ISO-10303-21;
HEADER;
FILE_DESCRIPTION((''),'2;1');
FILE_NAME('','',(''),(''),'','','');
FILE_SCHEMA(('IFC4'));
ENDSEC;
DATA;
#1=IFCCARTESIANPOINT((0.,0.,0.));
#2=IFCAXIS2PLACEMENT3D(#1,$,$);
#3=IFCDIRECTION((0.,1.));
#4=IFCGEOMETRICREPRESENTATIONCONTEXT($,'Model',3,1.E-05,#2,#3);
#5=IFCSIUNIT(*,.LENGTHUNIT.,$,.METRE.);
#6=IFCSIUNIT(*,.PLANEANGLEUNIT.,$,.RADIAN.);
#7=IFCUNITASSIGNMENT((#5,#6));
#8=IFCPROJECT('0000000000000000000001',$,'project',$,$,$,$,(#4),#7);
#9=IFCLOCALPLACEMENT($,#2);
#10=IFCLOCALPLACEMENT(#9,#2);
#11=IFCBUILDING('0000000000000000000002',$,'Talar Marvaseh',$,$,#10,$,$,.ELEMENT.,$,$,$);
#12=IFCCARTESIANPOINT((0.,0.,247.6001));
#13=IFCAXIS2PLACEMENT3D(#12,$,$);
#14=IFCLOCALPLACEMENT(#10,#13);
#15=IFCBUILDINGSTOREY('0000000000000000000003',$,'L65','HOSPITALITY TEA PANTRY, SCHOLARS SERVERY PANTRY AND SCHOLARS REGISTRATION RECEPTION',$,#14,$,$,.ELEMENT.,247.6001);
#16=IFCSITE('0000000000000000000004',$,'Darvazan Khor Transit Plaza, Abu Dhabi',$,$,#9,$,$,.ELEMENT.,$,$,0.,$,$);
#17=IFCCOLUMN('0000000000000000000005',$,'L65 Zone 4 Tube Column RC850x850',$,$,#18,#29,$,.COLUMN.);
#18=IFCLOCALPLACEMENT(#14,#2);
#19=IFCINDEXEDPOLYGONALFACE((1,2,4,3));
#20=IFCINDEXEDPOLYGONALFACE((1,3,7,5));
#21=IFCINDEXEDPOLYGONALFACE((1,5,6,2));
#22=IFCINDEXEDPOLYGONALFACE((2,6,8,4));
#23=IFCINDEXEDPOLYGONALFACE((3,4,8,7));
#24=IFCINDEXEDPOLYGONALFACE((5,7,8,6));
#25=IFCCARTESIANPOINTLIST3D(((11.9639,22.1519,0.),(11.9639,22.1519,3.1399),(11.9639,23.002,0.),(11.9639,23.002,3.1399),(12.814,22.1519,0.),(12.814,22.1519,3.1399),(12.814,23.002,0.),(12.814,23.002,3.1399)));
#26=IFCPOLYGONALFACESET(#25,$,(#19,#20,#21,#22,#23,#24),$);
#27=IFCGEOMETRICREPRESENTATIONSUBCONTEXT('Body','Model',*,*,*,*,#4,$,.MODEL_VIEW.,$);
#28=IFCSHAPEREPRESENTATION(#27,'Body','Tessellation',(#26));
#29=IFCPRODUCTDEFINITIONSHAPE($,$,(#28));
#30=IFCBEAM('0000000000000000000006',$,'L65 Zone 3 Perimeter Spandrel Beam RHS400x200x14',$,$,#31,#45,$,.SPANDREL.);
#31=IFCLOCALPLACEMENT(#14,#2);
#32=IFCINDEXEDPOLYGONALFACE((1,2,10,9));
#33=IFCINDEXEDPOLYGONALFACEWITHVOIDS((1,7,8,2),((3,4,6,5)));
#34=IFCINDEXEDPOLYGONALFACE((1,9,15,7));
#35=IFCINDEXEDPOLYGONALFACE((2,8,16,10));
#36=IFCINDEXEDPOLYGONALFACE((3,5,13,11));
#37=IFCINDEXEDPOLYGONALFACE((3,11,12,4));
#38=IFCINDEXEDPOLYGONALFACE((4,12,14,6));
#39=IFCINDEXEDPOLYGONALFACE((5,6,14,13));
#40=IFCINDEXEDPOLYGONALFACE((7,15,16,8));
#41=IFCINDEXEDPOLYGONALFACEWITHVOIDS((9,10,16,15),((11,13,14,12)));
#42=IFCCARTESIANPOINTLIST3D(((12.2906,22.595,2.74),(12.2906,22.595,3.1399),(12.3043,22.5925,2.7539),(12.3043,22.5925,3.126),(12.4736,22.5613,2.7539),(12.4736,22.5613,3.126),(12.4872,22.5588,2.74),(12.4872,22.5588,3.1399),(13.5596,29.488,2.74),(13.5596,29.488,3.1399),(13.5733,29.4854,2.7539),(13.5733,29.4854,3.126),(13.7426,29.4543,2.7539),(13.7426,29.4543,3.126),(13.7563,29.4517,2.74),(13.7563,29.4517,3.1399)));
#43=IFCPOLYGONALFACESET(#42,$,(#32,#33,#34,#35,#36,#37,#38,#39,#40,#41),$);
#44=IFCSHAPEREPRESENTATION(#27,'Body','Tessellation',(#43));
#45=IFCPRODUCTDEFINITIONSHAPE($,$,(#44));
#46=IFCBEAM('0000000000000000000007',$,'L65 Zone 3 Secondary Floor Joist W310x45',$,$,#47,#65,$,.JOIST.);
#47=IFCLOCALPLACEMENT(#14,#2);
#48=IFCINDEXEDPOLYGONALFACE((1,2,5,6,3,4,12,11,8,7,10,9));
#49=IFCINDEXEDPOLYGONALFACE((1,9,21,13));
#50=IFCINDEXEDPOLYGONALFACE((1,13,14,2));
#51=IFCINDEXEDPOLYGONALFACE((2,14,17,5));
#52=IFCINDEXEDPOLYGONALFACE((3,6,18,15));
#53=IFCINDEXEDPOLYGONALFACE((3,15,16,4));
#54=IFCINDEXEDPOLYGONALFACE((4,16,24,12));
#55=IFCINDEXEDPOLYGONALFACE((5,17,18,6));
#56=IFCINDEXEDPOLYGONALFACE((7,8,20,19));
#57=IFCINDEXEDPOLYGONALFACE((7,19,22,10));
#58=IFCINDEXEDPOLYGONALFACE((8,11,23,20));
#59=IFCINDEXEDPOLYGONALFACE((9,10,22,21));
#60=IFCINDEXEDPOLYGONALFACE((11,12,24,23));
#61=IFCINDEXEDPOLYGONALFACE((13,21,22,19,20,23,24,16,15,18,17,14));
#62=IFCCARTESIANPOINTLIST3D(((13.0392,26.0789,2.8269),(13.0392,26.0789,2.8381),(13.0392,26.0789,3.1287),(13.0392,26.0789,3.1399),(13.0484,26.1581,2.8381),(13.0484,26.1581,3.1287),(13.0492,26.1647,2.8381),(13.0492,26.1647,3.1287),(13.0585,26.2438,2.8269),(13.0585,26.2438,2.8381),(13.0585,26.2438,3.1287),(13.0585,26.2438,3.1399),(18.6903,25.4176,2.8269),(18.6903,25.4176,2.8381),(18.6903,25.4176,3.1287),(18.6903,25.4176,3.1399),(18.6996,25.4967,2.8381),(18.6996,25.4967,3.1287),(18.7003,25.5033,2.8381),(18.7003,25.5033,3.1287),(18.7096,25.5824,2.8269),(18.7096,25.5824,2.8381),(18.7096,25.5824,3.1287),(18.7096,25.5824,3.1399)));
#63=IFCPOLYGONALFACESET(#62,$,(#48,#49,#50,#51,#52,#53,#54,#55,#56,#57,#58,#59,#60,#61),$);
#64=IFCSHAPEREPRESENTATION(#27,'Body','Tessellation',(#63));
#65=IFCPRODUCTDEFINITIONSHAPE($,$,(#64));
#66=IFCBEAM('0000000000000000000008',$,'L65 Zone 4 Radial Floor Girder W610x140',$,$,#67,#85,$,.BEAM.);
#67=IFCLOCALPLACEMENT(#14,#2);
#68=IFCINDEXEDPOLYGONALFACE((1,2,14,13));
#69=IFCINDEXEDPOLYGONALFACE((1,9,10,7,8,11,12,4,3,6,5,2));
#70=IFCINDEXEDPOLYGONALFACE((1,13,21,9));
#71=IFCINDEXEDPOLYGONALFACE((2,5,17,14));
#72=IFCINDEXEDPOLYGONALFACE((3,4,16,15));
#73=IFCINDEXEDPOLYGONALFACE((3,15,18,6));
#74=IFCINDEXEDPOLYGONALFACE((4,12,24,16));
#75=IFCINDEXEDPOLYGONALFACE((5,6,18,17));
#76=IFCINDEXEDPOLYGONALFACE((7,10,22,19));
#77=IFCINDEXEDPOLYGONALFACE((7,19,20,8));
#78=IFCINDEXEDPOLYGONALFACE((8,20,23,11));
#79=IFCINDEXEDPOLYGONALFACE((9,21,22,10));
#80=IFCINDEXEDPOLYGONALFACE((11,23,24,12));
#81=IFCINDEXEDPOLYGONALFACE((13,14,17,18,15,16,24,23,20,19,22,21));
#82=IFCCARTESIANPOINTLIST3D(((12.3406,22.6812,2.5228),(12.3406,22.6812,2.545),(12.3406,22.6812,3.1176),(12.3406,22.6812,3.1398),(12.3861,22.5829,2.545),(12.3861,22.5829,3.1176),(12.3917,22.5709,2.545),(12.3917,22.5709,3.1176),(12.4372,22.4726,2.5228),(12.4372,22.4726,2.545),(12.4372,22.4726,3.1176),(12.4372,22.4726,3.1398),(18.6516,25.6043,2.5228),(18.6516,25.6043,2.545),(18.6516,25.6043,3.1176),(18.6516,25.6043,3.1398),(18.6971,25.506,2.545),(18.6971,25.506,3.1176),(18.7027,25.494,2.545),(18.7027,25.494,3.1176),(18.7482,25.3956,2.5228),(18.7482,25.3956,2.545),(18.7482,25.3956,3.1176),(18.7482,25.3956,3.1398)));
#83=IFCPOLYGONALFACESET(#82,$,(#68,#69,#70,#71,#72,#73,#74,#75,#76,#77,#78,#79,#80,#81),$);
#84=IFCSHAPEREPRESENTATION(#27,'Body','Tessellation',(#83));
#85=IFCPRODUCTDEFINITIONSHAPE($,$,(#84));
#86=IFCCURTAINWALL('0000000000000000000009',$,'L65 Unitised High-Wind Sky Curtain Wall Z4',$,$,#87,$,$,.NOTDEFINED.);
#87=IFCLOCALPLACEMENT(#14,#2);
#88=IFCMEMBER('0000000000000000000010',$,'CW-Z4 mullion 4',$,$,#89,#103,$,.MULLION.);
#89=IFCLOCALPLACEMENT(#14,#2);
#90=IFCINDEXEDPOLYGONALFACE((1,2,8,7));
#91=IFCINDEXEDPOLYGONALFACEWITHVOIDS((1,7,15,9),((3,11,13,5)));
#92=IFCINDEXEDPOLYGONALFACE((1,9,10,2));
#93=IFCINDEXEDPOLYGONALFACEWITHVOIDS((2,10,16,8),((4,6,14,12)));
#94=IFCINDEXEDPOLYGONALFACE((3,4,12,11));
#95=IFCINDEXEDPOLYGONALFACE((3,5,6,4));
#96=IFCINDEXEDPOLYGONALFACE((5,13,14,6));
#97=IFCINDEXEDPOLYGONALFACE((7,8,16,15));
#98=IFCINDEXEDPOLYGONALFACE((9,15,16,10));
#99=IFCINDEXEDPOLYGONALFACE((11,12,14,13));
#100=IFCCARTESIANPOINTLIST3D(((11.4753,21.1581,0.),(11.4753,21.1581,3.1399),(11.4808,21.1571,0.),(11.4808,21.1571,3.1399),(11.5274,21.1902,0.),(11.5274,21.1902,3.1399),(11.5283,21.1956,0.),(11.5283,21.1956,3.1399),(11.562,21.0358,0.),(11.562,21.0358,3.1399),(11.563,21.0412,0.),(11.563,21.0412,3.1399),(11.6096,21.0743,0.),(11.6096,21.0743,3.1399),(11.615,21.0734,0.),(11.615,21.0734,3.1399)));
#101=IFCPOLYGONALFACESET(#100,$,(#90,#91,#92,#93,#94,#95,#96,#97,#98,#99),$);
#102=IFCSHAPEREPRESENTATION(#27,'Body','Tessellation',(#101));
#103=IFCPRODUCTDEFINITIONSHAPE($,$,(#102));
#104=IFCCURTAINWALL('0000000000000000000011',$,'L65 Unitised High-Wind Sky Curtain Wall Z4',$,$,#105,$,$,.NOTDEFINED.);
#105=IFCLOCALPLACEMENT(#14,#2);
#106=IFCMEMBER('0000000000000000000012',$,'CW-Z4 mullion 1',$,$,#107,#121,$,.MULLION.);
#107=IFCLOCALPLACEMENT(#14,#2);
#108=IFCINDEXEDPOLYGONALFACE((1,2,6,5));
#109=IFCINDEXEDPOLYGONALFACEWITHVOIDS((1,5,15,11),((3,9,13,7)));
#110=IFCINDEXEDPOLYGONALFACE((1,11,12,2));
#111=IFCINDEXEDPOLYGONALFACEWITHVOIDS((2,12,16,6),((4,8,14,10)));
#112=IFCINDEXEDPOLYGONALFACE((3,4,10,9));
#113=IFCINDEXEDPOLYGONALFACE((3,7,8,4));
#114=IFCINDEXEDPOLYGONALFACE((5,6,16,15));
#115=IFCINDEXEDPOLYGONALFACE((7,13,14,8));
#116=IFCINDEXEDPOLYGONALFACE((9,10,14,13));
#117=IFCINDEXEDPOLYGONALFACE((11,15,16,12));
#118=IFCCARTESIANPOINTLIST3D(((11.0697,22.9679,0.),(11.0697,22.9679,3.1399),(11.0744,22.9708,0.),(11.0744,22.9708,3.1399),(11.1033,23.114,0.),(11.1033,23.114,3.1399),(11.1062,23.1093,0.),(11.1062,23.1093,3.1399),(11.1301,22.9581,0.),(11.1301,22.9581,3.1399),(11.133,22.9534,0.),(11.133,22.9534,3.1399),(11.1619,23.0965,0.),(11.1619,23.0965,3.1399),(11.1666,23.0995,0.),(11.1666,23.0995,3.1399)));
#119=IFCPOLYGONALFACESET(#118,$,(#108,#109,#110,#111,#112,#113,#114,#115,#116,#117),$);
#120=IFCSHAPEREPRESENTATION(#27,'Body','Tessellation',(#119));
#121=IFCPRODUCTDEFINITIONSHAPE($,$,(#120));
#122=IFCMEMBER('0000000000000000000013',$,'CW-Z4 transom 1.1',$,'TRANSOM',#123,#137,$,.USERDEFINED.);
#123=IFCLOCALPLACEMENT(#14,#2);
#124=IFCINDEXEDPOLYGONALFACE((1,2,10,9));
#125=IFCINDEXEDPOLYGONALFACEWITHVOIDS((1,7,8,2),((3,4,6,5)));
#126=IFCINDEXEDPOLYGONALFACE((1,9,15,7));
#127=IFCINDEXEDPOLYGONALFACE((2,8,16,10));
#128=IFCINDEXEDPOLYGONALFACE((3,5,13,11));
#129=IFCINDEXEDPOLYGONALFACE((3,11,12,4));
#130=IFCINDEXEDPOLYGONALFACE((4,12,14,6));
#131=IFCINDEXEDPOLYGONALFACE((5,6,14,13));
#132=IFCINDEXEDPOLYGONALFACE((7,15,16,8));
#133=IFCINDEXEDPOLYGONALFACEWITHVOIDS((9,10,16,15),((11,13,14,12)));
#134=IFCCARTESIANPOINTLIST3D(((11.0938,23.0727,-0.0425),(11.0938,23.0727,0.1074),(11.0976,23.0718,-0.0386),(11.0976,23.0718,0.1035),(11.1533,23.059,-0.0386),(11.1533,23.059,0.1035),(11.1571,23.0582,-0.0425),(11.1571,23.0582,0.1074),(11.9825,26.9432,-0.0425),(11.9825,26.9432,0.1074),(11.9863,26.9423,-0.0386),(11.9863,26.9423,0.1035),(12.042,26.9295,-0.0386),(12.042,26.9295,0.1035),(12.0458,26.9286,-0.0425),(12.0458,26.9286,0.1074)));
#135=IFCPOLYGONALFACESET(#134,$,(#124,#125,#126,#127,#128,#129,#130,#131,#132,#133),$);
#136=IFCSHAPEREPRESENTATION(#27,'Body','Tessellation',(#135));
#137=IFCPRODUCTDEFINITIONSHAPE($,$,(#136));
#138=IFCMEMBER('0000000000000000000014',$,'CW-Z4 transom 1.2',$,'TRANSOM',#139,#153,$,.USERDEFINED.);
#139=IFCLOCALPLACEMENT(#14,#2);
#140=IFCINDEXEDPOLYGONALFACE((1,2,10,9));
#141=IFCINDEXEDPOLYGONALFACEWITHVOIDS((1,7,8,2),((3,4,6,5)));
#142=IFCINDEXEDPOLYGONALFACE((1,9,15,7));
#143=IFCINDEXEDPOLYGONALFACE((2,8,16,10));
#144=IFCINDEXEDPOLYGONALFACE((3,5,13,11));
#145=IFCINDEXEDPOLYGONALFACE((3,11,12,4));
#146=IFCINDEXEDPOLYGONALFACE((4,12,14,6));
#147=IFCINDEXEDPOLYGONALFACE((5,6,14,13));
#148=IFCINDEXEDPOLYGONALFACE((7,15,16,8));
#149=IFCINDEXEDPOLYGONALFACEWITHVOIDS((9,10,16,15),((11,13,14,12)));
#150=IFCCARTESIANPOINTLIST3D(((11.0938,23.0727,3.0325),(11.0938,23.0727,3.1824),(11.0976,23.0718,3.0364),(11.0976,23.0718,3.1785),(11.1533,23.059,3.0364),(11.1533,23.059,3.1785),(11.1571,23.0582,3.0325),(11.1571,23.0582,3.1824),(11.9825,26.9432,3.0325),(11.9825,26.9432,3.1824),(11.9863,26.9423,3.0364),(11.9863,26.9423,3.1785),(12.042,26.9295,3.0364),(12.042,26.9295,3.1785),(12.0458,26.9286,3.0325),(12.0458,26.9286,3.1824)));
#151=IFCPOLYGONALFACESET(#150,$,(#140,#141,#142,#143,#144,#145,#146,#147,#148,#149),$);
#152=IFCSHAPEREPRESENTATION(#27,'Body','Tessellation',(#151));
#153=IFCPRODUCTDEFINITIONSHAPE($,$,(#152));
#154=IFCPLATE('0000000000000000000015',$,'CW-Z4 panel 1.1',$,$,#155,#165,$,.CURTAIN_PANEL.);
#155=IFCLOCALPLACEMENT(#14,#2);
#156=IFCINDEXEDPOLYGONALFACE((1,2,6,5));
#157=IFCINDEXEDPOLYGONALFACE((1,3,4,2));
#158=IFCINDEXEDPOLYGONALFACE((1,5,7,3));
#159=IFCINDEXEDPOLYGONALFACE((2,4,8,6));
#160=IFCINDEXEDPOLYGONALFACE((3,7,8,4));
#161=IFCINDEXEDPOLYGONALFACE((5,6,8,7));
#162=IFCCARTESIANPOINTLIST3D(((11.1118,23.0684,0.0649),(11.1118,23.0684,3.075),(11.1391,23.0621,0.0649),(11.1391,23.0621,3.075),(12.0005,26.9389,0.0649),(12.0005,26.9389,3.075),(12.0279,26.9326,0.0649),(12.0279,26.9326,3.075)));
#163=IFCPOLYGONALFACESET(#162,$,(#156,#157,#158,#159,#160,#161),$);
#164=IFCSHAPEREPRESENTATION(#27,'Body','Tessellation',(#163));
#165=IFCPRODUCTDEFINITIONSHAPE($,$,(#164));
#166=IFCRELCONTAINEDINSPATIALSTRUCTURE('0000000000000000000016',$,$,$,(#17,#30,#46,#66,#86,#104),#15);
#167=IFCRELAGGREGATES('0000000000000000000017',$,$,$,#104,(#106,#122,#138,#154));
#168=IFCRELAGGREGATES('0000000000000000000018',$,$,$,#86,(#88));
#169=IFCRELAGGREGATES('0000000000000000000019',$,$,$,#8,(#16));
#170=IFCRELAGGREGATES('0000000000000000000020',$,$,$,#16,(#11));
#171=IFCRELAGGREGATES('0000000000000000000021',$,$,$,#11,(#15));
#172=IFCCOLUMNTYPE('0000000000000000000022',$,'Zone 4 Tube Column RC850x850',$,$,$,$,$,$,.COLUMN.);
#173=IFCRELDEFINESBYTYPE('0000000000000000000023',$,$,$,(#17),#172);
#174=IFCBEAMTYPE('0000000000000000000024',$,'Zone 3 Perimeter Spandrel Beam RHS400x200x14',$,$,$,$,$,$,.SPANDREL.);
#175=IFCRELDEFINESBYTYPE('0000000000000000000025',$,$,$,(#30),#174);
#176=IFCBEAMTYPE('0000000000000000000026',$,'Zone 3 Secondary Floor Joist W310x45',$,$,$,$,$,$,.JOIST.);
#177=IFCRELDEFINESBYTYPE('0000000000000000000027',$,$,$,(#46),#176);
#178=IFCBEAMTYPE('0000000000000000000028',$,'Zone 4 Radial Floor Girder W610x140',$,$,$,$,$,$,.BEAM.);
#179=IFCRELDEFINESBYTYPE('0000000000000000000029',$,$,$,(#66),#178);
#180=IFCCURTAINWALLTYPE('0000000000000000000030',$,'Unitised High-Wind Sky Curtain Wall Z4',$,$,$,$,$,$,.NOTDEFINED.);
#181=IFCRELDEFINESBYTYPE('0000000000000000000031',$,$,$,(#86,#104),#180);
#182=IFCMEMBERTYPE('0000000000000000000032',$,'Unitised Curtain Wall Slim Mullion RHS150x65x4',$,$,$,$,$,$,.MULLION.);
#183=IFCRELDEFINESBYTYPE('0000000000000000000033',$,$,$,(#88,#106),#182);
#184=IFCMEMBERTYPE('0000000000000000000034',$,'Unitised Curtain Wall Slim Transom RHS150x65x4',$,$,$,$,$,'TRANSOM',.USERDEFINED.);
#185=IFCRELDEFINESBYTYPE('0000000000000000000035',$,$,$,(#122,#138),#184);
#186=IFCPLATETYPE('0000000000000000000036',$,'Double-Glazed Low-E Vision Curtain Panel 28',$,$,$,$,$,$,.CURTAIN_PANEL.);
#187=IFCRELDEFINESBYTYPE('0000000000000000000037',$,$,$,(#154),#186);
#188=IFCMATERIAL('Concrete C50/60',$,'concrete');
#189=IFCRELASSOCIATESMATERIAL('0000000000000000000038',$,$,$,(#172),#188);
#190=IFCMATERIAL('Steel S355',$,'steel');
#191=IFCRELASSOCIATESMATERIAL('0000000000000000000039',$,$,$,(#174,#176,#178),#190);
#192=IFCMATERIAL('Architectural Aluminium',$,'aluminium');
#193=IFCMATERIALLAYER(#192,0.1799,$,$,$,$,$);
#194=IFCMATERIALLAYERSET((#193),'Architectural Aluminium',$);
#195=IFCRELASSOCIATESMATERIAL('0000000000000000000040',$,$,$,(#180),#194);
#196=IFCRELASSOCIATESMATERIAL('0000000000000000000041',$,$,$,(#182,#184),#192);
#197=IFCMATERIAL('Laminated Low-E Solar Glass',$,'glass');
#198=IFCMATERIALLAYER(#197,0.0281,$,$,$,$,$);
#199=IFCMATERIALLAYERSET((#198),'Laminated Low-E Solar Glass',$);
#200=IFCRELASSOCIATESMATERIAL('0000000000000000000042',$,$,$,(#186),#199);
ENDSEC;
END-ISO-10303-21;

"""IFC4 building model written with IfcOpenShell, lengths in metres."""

from ifc_helpers import new_model, si_unit, direction, frame, origin, origin_2d, place, context, subcontext, project, spatial, rectangle, hollow_rectangle, i_section, extrude, source, transform, mapped, material, layer, layer_set, material_profile, profile_set, type_object, type_shapes, element, aggregate, save


model = new_model("IFC4")

# Units and contexts
model_context = context("Model", 3, precision=1e-05, world=origin(), true_north=direction((0.0, 1.0)))
body_context = subcontext(model_context, "Body", "Model", "MODEL_VIEW")
ifc_project = project(units=[si_unit("LENGTHUNIT", "METRE"), si_unit("PLANEANGLEUNIT", "RADIAN")], contexts=[model_context])

# Site, building, storey
site_placement = place(None, origin())
site = spatial("IfcSite", under=ifc_project, at=site_placement, Name="Darvazan Khor Transit Plaza, Abu Dhabi", CompositionType="ELEMENT", RefElevation=0.0)
building_placement = place(site_placement, origin())
building = spatial("IfcBuilding", under=site, at=building_placement, Name="Talar Marvaseh", CompositionType="ELEMENT")
storey_placement = place(building_placement, frame((0.0, 0.0, 247.6001)))
storey = spatial("IfcBuildingStorey", under=building, at=storey_placement, Name="L65", Description="HOSPITALITY TEA PANTRY, SCHOLARS SERVERY PANTRY AND SCHOLARS REGISTRATION RECEPTION", CompositionType="ELEMENT", Elevation=247.6001)

# Column
ifc_material_1 = material(Name="Concrete C50/60", Category="concrete")
ifc_material_profile_1 = material_profile(ifc_material_1, rectangle(XDim=0.8501, YDim=0.8501, at=origin_2d()), Name="RC850x850")
ifc_profile_set_1 = profile_set([ifc_material_profile_1], Name="Concrete C50/60")
column_type = type_object("IfcColumnType", Name="Zone 4 Tube Column RC850x850", PredefinedType="COLUMN", material=ifc_profile_set_1)
column_placement = place(storey_placement, frame((12.3889, 22.5769, 0.0), z_axis=(0.0, 0.0, 1.0), x_axis=(1.0, 0.0, 0.0)))
element("IfcColumn", 1, at=column_placement, inside=storey, type_object=column_type, Name="L65 Zone 4 Tube Column RC850x850", PredefinedType="COLUMN", context=body_context, shape_type="SweptSolid", body=[
    extrude(rectangle(XDim=0.8501, YDim=0.8501, at=origin_2d()), origin(), (0.0, 0.0, 1.0), 3.1399),
])

# Beams
ifc_material_2 = material(Name="Steel S355", Category="steel")
ifc_material_profile_2 = material_profile(ifc_material_2, hollow_rectangle(XDim=0.2, YDim=0.3999, WallThickness=0.0139, at=origin_2d()), Name="RHS400x200x14")
ifc_profile_set_2 = profile_set([ifc_material_profile_2], Name="Steel S355")
beam_type_1 = type_object("IfcBeamType", Name="Zone 3 Perimeter Spandrel Beam RHS400x200x14", PredefinedType="SPANDREL", material=ifc_profile_set_2)
beam_1_placement = place(storey_placement, frame((12.3889, 22.5769, 2.9399), z_axis=(0.181061, 0.983472, 0.0), x_axis=(-0.983472, 0.181061, 0.0)))
element("IfcBeam", 2, at=beam_1_placement, inside=storey, type_object=beam_type_1, Name="L65 Zone 3 Perimeter Spandrel Beam RHS400x200x14", PredefinedType="SPANDREL", context=body_context, shape_type="SweptSolid", body=[
    extrude(hollow_rectangle(XDim=0.2, YDim=0.3999, WallThickness=0.0139, at=origin_2d()), origin(), (0.0, 0.0, 1.0), 7.0088),
])
ifc_material_profile_3 = material_profile(ifc_material_2, i_section(OverallWidth=0.166, OverallDepth=0.313, WebThickness=0.0066, FlangeThickness=0.0112, at=origin_2d()), Name="W310x45")
ifc_profile_set_3 = profile_set([ifc_material_profile_3], Name="Steel S355")
beam_type_2 = type_object("IfcBeamType", Name="Zone 3 Secondary Floor Joist W310x45", PredefinedType="JOIST", material=ifc_profile_set_3)
beam_2_placement = place(storey_placement, frame((13.0488, 26.1614, 2.9834), z_axis=(0.993221, -0.116241, 0.0), x_axis=(0.116241, 0.993221, 0.0)))
element("IfcBeam", 3, at=beam_2_placement, inside=storey, type_object=beam_type_2, Name="L65 Zone 3 Secondary Floor Joist W310x45", PredefinedType="JOIST", context=body_context, shape_type="SweptSolid", body=[
    extrude(i_section(OverallWidth=0.166, OverallDepth=0.313, WebThickness=0.0066, FlangeThickness=0.0112, at=origin_2d()), origin(), (0.0, 0.0, 1.0), 5.6897),
])
ifc_material_profile_4 = material_profile(ifc_material_2, i_section(OverallWidth=0.23, OverallDepth=0.6169, WebThickness=0.0132, FlangeThickness=0.0222, at=origin_2d()), Name="W610x140")
ifc_profile_set_4 = profile_set([ifc_material_profile_4], Name="Steel S355")
beam_type_3 = type_object("IfcBeamType", Name="Zone 4 Radial Floor Girder W610x140", PredefinedType="BEAM", material=ifc_profile_set_4)
beam_3_placement = place(storey_placement, frame((12.3889, 22.5769, 2.8313), z_axis=(0.907395, 0.42028, 0.0), x_axis=(-0.42028, 0.907395, 0.0)))
element("IfcBeam", 4, at=beam_3_placement, inside=storey, type_object=beam_type_3, Name="L65 Zone 4 Radial Floor Girder W610x140", PredefinedType="BEAM", context=body_context, shape_type="SweptSolid", body=[
    extrude(i_section(OverallWidth=0.23, OverallDepth=0.6169, WebThickness=0.0132, FlangeThickness=0.0222, at=origin_2d()), origin(), (0.0, 0.0, 1.0), 6.9551),
])

# Curtain wall, member
ifc_material_3 = material(Name="Architectural Aluminium", Category="aluminium")
ifc_layer_1 = layer(ifc_material_3, 0.1799)
ifc_layer_set_1 = layer_set([ifc_layer_1], Name="Architectural Aluminium")
curtain_wall_type = type_object("IfcCurtainWallType", Name="Unitised High-Wind Sky Curtain Wall Z4", PredefinedType="NOTDEFINED", material=ifc_layer_set_1)
curtain_wall_1_placement = place(storey_placement, origin())
curtain_wall_1 = element("IfcCurtainWall", 5, at=curtain_wall_1_placement, inside=storey, type_object=curtain_wall_type, Name="L65 Unitised High-Wind Sky Curtain Wall Z4", PredefinedType="NOTDEFINED")
ifc_material_profile_5 = material_profile(ifc_material_3, hollow_rectangle(XDim=0.0649, YDim=0.1499, WallThickness=0.0039, at=origin_2d()), Name="RHS150x65x4")
ifc_profile_set_5 = profile_set([ifc_material_profile_5], Name="Architectural Aluminium")
member_type_1 = type_object("IfcMemberType", Name="Unitised Curtain Wall Slim Mullion RHS150x65x4", PredefinedType="MULLION", material=ifc_profile_set_5)
shared_shape_1 = source(origin(), body_context, "Body", "SweptSolid", [
    extrude(hollow_rectangle(XDim=0.0649, YDim=0.1499, WallThickness=0.0039, at=origin_2d()), origin(), (0.0, 0.0, 1.0), 3.1399),
])
type_shapes(member_type_1, [shared_shape_1])
member_1_placement = place(storey_placement, frame((11.5452, 21.1157, 0.0), z_axis=(0.0, 0.0, 1.0), x_axis=(-0.815673, -0.578513, 0.0)))
member_1 = element("IfcMember", 6, at=member_1_placement, type_object=member_type_1, Name="CW-Z4 mullion 4", PredefinedType="MULLION", context=body_context, shape_type="MappedRepresentation", body=[
    mapped(shared_shape_1, transform((0.0, 0.0, 0.0), x_axis=(1.0, 0.0, 0.0), y_axis=(0.0, 1.0, 0.0), z_axis=(0.0, 0.0, 1.0), scale=1.0)),
])

# Curtain wall, members, plate
curtain_wall_2_placement = place(storey_placement, origin())
curtain_wall_2 = element("IfcCurtainWall", 7, at=curtain_wall_2_placement, inside=storey, type_object=curtain_wall_type, Name="L65 Unitised High-Wind Sky Curtain Wall Z4", PredefinedType="NOTDEFINED")
member_2_placement = place(storey_placement, frame((11.1182, 23.0337, 0.0), z_axis=(0.0, 0.0, 1.0), x_axis=(-0.974637, 0.223792, 0.0)))
member_2 = element("IfcMember", 8, at=member_2_placement, type_object=member_type_1, Name="CW-Z4 mullion 1", PredefinedType="MULLION", context=body_context, shape_type="MappedRepresentation", body=[
    mapped(shared_shape_1, transform((0.0, 0.0, 0.0), x_axis=(1.0, 0.0, 0.0), y_axis=(0.0, 1.0, 0.0), z_axis=(0.0, 0.0, 1.0), scale=1.0)),
])
ifc_material_profile_6 = material_profile(ifc_material_3, hollow_rectangle(XDim=0.0649, YDim=0.1499, WallThickness=0.0039, at=origin_2d()), Name="RHS150x65x4")
ifc_profile_set_6 = profile_set([ifc_material_profile_6], Name="Architectural Aluminium")
member_type_2 = type_object("IfcMemberType", Name="Unitised Curtain Wall Slim Transom RHS150x65x4", ElementType="TRANSOM", PredefinedType="USERDEFINED", material=ifc_profile_set_6)
shared_shape_2 = source(origin(), body_context, "Body", "SweptSolid", [
    extrude(hollow_rectangle(XDim=0.0649, YDim=0.1499, WallThickness=0.0039, at=origin_2d()), origin(), (0.0, 0.0, 1.0), 3.9712),
])
type_shapes(member_type_2, [shared_shape_2])
member_3_placement = place(storey_placement, frame((11.1255, 23.0654, 0.0325), z_axis=(0.223786, 0.974638, 0.0), x_axis=(-0.974638, 0.223786, 0.0)))
member_3 = element("IfcMember", 9, at=member_3_placement, type_object=member_type_2, Name="CW-Z4 transom 1.1", ObjectType="TRANSOM", PredefinedType="USERDEFINED", context=body_context, shape_type="MappedRepresentation", body=[
    mapped(shared_shape_2, transform((0.0, 0.0, 0.0), x_axis=(1.0, 0.0, 0.0), y_axis=(0.0, 1.0, 0.0), z_axis=(0.0, 0.0, 1.0), scale=1.0)),
])
member_4_placement = place(storey_placement, frame((11.1255, 23.0654, 3.1074), z_axis=(0.223786, 0.974638, 0.0), x_axis=(-0.974638, 0.223786, 0.0)))
member_4 = element("IfcMember", 10, at=member_4_placement, type_object=member_type_2, Name="CW-Z4 transom 1.2", ObjectType="TRANSOM", PredefinedType="USERDEFINED", context=body_context, shape_type="MappedRepresentation", body=[
    mapped(shared_shape_2, transform((0.0, 0.0, 0.0), x_axis=(1.0, 0.0, 0.0), y_axis=(0.0, 1.0, 0.0), z_axis=(0.0, 0.0, 1.0), scale=1.0)),
])
ifc_material_4 = material(Name="Laminated Low-E Solar Glass", Category="glass")
ifc_layer_2 = layer(ifc_material_4, 0.0281)
ifc_layer_set_2 = layer_set([ifc_layer_2], Name="Laminated Low-E Solar Glass")
plate_type = type_object("IfcPlateType", Name="Double-Glazed Low-E Vision Curtain Panel 28", PredefinedType="CURTAIN_PANEL", material=ifc_layer_set_2)
shared_shape_3 = source(origin(), body_context, "Body", "SweptSolid", [
    extrude(rectangle(XDim=3.9712, YDim=0.0281, at=origin_2d()), origin(), (0.0, 0.0, 1.0), 3.01),
])
plate_1_placement = place(storey_placement, frame((11.5698, 25.0005, 0.0649), z_axis=(0.0, 0.0, 1.0), x_axis=(0.223792, 0.974637, 0.0)))
plate_1 = element("IfcPlate", 11, at=plate_1_placement, type_object=plate_type, Name="CW-Z4 panel 1.1", PredefinedType="CURTAIN_PANEL", context=body_context, shape_type="MappedRepresentation", body=[
    mapped(shared_shape_3, transform((0.0, 0.0, 0.0), x_axis=(1.0, 0.0, 0.0), y_axis=(0.0, 1.0, 0.0), z_axis=(0.0, 0.0, 1.0), scale=1.0)),
])
aggregate(curtain_wall_2, [member_2, member_3, member_4, plate_1])

aggregate(curtain_wall_1, [member_1])

save(model, "model.ifc")
